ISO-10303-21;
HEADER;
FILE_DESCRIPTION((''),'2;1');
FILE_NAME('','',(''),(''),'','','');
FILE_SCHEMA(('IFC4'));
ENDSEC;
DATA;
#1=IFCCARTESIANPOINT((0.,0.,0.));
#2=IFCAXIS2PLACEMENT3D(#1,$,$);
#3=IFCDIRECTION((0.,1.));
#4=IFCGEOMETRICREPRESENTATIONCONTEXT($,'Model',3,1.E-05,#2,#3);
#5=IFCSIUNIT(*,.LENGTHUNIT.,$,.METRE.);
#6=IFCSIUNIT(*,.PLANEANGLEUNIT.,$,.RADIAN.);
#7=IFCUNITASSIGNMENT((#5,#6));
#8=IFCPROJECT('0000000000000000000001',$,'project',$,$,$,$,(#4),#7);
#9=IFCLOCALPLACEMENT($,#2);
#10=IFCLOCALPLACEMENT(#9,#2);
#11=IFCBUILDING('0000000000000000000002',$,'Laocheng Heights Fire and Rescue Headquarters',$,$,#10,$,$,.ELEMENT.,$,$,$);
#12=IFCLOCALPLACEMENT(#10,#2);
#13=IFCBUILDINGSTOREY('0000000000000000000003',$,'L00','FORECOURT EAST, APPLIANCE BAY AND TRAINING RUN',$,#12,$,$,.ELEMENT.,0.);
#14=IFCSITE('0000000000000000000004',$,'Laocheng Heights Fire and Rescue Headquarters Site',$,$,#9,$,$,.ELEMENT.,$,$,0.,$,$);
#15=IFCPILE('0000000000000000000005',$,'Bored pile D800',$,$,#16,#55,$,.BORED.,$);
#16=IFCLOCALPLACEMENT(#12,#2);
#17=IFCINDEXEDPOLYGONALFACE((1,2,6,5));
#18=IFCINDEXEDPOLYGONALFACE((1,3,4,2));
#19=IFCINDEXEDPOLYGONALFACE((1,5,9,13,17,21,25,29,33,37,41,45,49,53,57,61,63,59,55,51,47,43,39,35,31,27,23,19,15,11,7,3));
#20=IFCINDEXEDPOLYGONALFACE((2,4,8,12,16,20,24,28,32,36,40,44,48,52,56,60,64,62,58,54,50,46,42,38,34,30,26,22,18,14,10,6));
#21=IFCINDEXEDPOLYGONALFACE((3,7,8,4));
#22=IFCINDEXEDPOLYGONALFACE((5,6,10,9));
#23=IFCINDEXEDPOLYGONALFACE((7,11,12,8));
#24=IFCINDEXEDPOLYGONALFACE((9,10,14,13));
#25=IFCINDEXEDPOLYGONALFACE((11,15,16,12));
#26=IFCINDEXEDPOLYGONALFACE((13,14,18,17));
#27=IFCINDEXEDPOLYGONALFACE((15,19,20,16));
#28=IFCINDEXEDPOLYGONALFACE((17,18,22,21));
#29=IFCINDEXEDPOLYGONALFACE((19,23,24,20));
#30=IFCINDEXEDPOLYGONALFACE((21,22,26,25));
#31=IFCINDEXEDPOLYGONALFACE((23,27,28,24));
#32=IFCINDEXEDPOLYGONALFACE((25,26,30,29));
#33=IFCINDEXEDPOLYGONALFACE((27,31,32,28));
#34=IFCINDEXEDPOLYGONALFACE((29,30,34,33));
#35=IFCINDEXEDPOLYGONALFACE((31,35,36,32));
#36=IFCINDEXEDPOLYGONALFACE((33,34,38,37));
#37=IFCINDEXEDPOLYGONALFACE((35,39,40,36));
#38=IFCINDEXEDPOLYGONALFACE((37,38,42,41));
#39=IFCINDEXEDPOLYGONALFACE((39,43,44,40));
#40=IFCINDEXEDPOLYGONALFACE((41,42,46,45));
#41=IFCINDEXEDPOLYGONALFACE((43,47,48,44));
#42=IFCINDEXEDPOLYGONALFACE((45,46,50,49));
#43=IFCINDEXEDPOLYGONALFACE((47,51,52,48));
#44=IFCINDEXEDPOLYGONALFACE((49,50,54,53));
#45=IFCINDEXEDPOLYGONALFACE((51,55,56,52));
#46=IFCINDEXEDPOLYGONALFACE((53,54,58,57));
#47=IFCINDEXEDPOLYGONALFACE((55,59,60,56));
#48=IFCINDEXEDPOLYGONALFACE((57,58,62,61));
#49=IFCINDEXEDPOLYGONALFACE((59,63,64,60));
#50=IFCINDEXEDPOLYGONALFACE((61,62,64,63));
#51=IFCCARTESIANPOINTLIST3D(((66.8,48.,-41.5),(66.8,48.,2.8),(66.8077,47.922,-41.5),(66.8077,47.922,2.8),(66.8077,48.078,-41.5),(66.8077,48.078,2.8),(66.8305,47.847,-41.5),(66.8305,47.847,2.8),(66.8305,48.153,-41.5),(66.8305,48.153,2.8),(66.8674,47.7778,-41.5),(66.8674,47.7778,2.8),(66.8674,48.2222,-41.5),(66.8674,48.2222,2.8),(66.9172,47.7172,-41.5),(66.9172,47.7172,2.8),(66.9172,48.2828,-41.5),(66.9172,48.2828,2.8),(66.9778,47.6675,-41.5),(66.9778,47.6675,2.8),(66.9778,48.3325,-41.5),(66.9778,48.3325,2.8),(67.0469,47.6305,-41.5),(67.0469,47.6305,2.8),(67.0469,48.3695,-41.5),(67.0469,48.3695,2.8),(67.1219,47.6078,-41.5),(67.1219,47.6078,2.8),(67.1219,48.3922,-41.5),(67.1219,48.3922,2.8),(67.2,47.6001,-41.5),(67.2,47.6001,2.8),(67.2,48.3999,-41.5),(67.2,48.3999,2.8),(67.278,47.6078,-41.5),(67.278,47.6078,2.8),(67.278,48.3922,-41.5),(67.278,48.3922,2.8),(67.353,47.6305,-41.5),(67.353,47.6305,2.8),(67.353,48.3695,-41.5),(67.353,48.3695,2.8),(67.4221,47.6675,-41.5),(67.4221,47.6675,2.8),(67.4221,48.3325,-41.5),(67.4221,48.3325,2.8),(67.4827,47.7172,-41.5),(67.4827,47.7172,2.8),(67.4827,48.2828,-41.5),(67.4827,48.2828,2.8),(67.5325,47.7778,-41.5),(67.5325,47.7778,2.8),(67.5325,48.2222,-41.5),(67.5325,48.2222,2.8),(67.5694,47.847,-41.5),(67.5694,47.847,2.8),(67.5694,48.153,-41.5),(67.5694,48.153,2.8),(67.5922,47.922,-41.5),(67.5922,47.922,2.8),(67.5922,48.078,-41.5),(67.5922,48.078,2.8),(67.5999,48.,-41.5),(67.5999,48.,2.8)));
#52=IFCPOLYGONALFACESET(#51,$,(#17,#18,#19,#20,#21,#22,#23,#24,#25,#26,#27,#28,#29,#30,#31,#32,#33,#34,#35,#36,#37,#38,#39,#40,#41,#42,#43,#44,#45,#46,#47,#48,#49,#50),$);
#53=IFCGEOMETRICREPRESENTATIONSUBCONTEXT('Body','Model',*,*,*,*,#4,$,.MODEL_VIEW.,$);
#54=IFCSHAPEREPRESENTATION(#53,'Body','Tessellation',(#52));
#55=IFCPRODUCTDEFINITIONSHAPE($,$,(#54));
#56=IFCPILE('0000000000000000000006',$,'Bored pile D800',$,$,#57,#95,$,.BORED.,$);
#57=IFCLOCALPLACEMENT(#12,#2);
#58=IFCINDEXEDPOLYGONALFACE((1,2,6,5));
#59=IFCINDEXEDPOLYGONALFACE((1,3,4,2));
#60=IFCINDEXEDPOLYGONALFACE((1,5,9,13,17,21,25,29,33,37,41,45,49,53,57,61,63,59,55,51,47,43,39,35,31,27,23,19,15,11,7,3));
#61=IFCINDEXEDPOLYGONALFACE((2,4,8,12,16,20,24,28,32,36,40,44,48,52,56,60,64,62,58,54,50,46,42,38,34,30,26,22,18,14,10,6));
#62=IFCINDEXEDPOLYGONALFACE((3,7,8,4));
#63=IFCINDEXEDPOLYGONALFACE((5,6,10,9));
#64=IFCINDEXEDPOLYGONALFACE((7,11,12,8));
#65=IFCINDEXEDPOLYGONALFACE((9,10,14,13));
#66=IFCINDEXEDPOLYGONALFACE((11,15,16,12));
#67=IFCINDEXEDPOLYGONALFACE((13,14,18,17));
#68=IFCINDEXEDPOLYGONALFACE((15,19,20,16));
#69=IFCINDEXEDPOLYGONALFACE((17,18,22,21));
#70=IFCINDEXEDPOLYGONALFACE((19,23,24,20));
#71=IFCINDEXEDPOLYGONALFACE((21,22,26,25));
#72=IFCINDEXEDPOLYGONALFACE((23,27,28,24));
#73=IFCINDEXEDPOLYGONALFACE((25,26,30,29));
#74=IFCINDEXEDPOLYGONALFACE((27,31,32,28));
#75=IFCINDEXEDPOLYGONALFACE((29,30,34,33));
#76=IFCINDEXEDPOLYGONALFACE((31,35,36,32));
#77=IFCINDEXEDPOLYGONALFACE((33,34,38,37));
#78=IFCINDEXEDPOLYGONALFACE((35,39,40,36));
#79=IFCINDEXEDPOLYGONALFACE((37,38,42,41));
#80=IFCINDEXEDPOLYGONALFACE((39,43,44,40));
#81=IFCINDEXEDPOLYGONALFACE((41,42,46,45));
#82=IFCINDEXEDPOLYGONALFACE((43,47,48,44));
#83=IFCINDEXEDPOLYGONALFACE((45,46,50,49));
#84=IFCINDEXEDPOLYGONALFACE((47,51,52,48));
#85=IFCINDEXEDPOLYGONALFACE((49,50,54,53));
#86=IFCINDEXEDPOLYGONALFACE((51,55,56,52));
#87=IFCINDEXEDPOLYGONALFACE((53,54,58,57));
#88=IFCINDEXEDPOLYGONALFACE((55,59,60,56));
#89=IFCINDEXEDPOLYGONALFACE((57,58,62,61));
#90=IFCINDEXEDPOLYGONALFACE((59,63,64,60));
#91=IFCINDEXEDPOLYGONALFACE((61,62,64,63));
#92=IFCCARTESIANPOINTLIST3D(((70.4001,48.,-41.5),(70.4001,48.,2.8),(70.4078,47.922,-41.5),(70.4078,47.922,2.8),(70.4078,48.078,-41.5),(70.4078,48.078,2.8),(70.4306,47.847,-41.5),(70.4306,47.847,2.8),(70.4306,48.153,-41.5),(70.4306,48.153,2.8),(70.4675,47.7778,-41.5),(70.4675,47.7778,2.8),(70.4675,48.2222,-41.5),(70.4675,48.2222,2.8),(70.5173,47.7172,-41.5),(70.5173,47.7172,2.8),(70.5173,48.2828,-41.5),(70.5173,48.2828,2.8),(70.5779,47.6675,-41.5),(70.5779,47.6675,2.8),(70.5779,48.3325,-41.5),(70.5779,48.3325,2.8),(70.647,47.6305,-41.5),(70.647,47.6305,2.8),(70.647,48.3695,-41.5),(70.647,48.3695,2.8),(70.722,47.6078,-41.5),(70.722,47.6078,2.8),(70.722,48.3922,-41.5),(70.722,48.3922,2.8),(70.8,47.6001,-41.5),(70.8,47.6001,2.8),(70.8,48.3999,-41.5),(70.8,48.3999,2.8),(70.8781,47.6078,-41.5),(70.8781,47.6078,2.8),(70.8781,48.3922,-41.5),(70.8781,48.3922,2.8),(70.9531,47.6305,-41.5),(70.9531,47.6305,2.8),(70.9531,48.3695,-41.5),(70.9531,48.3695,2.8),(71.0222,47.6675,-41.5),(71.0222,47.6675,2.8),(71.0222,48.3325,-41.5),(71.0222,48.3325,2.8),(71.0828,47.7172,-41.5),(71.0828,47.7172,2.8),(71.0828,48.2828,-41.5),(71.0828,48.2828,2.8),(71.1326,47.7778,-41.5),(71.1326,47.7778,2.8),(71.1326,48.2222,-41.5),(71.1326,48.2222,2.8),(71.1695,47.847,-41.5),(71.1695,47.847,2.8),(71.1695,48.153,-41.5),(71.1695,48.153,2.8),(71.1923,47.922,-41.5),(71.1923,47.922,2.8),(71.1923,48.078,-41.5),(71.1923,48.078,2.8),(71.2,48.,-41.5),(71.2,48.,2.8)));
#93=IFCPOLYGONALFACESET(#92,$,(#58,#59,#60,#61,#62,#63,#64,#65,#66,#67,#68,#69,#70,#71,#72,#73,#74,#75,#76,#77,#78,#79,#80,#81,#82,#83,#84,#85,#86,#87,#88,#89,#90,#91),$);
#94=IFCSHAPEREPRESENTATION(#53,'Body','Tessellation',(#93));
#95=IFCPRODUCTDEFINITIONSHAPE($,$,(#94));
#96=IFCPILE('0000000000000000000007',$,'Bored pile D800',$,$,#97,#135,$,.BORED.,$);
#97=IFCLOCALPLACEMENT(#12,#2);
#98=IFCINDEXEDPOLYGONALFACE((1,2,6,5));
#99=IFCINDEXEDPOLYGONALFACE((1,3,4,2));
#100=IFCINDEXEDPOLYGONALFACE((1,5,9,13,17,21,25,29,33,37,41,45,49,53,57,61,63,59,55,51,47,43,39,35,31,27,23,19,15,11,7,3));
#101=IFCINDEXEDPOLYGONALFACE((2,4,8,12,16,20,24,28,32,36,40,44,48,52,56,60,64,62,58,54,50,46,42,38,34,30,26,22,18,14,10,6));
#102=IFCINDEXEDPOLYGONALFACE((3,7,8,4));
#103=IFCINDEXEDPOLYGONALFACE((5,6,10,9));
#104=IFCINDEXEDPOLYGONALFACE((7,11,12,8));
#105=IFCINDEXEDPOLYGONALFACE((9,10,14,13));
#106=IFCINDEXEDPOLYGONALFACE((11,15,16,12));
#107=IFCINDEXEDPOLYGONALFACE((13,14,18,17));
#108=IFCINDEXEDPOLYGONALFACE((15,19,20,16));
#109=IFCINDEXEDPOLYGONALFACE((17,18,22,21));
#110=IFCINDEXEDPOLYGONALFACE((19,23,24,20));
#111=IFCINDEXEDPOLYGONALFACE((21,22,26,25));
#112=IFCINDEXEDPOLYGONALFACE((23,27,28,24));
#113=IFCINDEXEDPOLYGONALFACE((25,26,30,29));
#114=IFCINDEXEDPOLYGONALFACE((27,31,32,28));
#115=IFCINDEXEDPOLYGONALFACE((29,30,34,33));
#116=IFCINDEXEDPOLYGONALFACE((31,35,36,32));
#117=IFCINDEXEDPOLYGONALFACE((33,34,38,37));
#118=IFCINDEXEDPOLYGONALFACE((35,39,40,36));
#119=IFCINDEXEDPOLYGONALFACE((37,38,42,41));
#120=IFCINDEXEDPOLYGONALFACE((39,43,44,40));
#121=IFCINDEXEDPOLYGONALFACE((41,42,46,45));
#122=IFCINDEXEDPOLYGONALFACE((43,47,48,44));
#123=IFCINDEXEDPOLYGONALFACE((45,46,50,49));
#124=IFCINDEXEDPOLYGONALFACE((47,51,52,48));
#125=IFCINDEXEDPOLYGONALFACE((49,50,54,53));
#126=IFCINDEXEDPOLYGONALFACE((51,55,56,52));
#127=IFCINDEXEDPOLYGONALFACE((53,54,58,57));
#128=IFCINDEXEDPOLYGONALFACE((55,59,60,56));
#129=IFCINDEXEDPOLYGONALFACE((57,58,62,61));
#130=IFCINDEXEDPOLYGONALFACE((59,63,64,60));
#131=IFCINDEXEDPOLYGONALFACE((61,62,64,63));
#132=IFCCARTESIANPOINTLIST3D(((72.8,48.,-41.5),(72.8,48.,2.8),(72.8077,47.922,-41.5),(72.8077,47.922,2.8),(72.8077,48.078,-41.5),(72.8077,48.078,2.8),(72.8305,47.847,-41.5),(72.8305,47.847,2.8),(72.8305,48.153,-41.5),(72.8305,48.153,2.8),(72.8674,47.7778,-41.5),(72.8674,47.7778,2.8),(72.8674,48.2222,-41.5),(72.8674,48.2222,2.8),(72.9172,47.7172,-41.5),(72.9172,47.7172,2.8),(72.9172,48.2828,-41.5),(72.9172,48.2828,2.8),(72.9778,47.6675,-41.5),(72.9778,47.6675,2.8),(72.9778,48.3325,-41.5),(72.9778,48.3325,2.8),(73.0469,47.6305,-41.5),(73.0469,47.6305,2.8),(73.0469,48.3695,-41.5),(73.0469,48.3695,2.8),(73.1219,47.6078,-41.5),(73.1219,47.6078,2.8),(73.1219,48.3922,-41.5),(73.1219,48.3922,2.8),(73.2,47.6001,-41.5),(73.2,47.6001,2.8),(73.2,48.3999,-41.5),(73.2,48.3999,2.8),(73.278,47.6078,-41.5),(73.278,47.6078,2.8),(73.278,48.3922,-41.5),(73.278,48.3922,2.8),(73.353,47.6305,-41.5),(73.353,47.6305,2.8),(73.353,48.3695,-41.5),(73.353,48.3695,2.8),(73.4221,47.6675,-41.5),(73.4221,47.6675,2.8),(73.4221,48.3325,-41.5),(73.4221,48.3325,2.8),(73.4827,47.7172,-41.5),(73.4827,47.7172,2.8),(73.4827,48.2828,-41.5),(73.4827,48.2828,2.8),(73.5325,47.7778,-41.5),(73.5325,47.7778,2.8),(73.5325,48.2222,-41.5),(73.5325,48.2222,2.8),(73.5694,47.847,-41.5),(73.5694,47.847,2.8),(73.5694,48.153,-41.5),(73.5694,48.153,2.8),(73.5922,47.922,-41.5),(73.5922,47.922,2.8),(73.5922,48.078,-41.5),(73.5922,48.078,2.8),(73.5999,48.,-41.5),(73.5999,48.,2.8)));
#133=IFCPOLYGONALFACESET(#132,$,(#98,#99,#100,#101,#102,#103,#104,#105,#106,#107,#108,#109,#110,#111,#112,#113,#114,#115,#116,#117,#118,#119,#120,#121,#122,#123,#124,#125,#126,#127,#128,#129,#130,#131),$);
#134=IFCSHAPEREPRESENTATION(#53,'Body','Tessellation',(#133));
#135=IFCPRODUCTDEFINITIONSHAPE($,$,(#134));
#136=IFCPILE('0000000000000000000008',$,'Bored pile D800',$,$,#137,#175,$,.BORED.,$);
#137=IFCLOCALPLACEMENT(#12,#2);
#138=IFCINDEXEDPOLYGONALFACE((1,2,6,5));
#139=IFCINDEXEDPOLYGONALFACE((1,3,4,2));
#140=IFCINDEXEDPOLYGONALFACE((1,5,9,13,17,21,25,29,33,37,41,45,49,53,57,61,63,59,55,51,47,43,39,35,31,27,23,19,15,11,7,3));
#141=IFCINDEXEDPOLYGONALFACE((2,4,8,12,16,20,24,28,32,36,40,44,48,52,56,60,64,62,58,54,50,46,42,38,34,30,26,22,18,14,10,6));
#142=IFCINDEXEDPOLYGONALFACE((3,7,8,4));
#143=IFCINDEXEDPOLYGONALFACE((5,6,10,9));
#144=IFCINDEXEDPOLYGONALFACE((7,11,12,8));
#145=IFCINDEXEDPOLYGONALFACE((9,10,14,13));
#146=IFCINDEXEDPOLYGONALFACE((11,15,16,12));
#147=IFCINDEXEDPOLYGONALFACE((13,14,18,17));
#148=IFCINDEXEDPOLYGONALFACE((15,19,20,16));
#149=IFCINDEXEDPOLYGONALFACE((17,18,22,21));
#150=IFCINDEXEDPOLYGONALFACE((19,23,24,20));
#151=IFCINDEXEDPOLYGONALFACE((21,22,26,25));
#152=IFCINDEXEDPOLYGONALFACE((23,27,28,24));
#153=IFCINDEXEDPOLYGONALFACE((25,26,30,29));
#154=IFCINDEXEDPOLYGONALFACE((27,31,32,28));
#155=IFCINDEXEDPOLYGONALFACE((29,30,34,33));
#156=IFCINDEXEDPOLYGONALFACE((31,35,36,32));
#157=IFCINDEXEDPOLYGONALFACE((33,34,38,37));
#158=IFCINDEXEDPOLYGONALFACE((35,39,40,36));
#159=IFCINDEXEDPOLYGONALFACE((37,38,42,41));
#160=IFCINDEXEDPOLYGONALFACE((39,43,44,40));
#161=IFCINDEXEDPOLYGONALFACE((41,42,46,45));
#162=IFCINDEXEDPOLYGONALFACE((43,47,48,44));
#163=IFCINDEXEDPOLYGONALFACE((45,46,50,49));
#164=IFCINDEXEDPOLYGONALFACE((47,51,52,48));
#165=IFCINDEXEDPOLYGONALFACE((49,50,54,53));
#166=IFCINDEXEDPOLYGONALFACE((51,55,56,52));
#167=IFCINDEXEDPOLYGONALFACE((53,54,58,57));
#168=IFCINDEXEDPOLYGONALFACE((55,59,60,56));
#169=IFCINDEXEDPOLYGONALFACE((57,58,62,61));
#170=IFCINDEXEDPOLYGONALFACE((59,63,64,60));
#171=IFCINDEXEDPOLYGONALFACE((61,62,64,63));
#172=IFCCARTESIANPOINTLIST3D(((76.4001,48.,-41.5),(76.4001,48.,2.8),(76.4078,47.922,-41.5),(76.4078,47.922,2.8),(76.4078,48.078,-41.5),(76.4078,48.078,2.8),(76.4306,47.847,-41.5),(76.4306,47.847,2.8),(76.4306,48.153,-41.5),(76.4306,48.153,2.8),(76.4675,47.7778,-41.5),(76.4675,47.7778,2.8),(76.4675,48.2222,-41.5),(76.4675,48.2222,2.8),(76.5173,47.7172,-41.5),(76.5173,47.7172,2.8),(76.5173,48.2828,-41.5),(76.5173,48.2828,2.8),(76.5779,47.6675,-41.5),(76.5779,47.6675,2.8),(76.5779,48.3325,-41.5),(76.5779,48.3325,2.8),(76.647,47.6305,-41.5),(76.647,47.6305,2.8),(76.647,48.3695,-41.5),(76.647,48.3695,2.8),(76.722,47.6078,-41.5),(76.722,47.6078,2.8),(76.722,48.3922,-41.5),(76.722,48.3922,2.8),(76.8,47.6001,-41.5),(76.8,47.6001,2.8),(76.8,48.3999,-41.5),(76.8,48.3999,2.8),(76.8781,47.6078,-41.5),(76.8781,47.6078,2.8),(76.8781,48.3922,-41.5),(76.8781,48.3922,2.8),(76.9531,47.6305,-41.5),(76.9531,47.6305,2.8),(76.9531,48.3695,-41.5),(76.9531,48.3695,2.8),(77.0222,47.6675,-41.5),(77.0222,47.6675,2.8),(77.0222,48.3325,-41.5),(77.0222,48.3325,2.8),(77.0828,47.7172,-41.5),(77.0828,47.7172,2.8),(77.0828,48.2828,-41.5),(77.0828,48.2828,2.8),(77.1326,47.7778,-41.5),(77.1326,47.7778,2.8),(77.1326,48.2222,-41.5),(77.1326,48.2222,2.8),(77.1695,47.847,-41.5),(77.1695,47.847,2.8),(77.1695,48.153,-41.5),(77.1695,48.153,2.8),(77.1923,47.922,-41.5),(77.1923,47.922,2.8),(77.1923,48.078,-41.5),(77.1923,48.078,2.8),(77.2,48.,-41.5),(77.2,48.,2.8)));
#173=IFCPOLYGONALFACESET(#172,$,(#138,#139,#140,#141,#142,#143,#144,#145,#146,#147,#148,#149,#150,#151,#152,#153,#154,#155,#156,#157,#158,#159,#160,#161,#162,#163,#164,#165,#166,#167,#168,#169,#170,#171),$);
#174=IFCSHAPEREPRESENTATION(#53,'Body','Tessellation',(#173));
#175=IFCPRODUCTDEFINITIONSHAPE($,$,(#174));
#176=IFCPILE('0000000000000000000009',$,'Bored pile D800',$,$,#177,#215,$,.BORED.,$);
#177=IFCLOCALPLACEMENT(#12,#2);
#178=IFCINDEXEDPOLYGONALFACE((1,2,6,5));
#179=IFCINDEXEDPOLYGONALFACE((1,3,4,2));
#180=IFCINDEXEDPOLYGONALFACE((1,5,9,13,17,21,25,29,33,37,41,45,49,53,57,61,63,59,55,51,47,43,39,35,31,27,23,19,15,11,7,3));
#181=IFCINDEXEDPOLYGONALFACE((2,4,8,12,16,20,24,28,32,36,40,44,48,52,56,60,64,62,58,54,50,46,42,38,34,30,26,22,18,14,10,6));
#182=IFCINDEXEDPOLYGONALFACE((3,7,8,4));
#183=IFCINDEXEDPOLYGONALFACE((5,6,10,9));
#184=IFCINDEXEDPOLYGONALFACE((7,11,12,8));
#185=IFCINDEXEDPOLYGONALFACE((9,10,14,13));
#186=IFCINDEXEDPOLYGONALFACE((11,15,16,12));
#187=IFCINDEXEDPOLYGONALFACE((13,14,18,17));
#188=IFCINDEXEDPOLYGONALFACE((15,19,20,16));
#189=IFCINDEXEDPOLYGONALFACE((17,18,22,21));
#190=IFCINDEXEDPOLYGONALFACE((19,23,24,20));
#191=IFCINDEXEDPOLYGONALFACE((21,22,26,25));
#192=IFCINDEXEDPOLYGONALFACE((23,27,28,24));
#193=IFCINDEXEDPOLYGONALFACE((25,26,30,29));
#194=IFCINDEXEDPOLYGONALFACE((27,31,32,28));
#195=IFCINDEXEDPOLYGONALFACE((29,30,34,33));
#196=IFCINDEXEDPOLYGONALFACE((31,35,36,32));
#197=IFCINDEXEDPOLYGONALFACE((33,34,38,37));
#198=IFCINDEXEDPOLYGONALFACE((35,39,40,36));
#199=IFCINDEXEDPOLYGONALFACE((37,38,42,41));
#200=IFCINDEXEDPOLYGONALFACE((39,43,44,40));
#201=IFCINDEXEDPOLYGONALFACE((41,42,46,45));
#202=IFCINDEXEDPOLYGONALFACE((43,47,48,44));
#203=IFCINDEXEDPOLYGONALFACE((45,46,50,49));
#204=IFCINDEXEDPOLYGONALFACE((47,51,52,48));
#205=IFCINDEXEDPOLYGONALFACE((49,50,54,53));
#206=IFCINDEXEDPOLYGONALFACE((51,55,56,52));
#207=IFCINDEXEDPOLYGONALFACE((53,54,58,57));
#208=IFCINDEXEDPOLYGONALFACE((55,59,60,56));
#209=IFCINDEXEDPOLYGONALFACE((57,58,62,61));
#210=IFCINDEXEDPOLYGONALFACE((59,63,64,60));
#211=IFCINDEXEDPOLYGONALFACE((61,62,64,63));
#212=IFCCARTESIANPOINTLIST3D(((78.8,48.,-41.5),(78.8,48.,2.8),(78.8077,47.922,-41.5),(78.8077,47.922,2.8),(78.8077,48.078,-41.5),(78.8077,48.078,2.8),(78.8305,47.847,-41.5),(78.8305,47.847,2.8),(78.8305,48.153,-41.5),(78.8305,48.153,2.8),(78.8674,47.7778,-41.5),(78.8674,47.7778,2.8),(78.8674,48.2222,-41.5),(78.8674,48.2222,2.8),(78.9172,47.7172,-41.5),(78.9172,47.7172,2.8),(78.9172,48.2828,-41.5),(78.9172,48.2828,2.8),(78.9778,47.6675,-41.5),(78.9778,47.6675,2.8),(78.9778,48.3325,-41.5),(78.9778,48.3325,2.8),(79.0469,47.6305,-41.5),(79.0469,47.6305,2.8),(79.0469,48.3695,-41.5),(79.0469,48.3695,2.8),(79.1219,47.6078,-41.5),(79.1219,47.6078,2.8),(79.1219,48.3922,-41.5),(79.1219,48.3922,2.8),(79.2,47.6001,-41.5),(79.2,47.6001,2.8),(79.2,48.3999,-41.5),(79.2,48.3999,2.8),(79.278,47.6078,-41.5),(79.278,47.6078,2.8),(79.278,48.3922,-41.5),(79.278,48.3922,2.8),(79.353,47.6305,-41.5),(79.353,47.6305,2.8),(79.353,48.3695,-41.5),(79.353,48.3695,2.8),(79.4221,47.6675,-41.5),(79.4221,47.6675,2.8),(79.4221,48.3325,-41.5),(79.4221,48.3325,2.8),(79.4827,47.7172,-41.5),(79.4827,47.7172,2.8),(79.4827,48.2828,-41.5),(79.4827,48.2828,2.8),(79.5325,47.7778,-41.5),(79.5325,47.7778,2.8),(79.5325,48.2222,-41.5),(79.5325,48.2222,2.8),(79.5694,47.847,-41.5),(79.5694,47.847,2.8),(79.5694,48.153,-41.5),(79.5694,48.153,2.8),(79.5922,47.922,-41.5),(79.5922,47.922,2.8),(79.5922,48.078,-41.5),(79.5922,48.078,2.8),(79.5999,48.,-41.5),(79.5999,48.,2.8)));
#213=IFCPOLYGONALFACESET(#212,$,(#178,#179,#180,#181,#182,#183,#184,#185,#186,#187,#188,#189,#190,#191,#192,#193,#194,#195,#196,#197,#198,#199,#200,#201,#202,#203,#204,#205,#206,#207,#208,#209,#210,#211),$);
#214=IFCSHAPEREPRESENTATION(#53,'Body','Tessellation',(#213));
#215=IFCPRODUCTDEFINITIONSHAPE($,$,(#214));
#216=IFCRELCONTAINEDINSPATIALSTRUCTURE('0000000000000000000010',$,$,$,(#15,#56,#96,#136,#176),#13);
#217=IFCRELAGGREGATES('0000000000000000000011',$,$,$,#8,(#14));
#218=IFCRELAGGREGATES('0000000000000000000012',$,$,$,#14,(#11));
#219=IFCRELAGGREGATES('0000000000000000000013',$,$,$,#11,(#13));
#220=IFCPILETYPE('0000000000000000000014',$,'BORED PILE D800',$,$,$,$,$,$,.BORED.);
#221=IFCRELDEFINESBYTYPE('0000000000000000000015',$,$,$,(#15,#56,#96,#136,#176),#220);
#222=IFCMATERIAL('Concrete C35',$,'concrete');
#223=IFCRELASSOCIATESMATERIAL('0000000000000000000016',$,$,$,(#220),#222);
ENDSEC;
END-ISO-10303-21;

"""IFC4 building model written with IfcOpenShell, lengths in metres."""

from ifc_helpers import new_model, si_unit, direction, frame, origin, origin_2d, place, context, subcontext, project, spatial, circle, extrude, material, material_profile, profile_set, type_object, element, save


model = new_model("IFC4")

# Units and contexts
model_context = context("Model", 3, precision=1e-05, world=origin(), true_north=direction((0.0, 1.0)))
body_context = subcontext(model_context, "Body", "Model", "MODEL_VIEW")
ifc_project = project(units=[si_unit("LENGTHUNIT", "METRE"), si_unit("PLANEANGLEUNIT", "RADIAN")], contexts=[model_context])

# Site, building, storey
site_placement = place(None, origin())
site = spatial("IfcSite", under=ifc_project, at=site_placement, Name="Laocheng Heights Fire and Rescue Headquarters Site", CompositionType="ELEMENT", RefElevation=0.0)
building_placement = place(site_placement, origin())
building = spatial("IfcBuilding", under=site, at=building_placement, Name="Laocheng Heights Fire and Rescue Headquarters", CompositionType="ELEMENT")
storey_placement = place(building_placement, origin())
storey = spatial("IfcBuildingStorey", under=building, at=storey_placement, Name="L00", Description="FORECOURT EAST, APPLIANCE BAY AND TRAINING RUN", CompositionType="ELEMENT", Elevation=0.0)

# Piles
ifc_material_1 = material(Name="Concrete C35", Category="concrete")
ifc_material_profile_1 = material_profile(ifc_material_1, circle(Radius=0.3999, at=origin_2d()), Name="BORED PILE D800")
ifc_profile_set_1 = profile_set([ifc_material_profile_1], Name="Concrete C35")
pile_type_1 = type_object("IfcPileType", Name="BORED PILE D800", PredefinedType="BORED", material=ifc_profile_set_1)
for number, where, z_axis, x_axis, name in (
    (1, (67.2, 48.0, 2.8), (0.0, 0.0, -1.0), (1.0, 0.0, 0.0), "Bored pile D800"),
    (2, (70.8, 48.0, 2.8), (0.0, 0.0, -1.0), (1.0, 0.0, 0.0), "Bored pile D800"),
    (3, (73.2, 48.0, 2.8), (0.0, 0.0, -1.0), (1.0, 0.0, 0.0), "Bored pile D800"),
    (4, (76.8, 48.0, 2.8), (0.0, 0.0, -1.0), (1.0, 0.0, 0.0), "Bored pile D800"),
    (5, (79.2, 48.0, 2.8), (0.0, 0.0, -1.0), (1.0, 0.0, 0.0), "Bored pile D800"),
):
    element("IfcPile", number, at=place(storey_placement, frame(where, z_axis=z_axis, x_axis=x_axis)), inside=storey, type_object=pile_type_1, Name=name, PredefinedType="BORED", context=body_context, shape_type="SweptSolid", body=[
        extrude(circle(Radius=0.3999, at=origin_2d()), origin(), (0.0, 0.0, 1.0), 44.3),
    ])

save(model, "model.ifc")
